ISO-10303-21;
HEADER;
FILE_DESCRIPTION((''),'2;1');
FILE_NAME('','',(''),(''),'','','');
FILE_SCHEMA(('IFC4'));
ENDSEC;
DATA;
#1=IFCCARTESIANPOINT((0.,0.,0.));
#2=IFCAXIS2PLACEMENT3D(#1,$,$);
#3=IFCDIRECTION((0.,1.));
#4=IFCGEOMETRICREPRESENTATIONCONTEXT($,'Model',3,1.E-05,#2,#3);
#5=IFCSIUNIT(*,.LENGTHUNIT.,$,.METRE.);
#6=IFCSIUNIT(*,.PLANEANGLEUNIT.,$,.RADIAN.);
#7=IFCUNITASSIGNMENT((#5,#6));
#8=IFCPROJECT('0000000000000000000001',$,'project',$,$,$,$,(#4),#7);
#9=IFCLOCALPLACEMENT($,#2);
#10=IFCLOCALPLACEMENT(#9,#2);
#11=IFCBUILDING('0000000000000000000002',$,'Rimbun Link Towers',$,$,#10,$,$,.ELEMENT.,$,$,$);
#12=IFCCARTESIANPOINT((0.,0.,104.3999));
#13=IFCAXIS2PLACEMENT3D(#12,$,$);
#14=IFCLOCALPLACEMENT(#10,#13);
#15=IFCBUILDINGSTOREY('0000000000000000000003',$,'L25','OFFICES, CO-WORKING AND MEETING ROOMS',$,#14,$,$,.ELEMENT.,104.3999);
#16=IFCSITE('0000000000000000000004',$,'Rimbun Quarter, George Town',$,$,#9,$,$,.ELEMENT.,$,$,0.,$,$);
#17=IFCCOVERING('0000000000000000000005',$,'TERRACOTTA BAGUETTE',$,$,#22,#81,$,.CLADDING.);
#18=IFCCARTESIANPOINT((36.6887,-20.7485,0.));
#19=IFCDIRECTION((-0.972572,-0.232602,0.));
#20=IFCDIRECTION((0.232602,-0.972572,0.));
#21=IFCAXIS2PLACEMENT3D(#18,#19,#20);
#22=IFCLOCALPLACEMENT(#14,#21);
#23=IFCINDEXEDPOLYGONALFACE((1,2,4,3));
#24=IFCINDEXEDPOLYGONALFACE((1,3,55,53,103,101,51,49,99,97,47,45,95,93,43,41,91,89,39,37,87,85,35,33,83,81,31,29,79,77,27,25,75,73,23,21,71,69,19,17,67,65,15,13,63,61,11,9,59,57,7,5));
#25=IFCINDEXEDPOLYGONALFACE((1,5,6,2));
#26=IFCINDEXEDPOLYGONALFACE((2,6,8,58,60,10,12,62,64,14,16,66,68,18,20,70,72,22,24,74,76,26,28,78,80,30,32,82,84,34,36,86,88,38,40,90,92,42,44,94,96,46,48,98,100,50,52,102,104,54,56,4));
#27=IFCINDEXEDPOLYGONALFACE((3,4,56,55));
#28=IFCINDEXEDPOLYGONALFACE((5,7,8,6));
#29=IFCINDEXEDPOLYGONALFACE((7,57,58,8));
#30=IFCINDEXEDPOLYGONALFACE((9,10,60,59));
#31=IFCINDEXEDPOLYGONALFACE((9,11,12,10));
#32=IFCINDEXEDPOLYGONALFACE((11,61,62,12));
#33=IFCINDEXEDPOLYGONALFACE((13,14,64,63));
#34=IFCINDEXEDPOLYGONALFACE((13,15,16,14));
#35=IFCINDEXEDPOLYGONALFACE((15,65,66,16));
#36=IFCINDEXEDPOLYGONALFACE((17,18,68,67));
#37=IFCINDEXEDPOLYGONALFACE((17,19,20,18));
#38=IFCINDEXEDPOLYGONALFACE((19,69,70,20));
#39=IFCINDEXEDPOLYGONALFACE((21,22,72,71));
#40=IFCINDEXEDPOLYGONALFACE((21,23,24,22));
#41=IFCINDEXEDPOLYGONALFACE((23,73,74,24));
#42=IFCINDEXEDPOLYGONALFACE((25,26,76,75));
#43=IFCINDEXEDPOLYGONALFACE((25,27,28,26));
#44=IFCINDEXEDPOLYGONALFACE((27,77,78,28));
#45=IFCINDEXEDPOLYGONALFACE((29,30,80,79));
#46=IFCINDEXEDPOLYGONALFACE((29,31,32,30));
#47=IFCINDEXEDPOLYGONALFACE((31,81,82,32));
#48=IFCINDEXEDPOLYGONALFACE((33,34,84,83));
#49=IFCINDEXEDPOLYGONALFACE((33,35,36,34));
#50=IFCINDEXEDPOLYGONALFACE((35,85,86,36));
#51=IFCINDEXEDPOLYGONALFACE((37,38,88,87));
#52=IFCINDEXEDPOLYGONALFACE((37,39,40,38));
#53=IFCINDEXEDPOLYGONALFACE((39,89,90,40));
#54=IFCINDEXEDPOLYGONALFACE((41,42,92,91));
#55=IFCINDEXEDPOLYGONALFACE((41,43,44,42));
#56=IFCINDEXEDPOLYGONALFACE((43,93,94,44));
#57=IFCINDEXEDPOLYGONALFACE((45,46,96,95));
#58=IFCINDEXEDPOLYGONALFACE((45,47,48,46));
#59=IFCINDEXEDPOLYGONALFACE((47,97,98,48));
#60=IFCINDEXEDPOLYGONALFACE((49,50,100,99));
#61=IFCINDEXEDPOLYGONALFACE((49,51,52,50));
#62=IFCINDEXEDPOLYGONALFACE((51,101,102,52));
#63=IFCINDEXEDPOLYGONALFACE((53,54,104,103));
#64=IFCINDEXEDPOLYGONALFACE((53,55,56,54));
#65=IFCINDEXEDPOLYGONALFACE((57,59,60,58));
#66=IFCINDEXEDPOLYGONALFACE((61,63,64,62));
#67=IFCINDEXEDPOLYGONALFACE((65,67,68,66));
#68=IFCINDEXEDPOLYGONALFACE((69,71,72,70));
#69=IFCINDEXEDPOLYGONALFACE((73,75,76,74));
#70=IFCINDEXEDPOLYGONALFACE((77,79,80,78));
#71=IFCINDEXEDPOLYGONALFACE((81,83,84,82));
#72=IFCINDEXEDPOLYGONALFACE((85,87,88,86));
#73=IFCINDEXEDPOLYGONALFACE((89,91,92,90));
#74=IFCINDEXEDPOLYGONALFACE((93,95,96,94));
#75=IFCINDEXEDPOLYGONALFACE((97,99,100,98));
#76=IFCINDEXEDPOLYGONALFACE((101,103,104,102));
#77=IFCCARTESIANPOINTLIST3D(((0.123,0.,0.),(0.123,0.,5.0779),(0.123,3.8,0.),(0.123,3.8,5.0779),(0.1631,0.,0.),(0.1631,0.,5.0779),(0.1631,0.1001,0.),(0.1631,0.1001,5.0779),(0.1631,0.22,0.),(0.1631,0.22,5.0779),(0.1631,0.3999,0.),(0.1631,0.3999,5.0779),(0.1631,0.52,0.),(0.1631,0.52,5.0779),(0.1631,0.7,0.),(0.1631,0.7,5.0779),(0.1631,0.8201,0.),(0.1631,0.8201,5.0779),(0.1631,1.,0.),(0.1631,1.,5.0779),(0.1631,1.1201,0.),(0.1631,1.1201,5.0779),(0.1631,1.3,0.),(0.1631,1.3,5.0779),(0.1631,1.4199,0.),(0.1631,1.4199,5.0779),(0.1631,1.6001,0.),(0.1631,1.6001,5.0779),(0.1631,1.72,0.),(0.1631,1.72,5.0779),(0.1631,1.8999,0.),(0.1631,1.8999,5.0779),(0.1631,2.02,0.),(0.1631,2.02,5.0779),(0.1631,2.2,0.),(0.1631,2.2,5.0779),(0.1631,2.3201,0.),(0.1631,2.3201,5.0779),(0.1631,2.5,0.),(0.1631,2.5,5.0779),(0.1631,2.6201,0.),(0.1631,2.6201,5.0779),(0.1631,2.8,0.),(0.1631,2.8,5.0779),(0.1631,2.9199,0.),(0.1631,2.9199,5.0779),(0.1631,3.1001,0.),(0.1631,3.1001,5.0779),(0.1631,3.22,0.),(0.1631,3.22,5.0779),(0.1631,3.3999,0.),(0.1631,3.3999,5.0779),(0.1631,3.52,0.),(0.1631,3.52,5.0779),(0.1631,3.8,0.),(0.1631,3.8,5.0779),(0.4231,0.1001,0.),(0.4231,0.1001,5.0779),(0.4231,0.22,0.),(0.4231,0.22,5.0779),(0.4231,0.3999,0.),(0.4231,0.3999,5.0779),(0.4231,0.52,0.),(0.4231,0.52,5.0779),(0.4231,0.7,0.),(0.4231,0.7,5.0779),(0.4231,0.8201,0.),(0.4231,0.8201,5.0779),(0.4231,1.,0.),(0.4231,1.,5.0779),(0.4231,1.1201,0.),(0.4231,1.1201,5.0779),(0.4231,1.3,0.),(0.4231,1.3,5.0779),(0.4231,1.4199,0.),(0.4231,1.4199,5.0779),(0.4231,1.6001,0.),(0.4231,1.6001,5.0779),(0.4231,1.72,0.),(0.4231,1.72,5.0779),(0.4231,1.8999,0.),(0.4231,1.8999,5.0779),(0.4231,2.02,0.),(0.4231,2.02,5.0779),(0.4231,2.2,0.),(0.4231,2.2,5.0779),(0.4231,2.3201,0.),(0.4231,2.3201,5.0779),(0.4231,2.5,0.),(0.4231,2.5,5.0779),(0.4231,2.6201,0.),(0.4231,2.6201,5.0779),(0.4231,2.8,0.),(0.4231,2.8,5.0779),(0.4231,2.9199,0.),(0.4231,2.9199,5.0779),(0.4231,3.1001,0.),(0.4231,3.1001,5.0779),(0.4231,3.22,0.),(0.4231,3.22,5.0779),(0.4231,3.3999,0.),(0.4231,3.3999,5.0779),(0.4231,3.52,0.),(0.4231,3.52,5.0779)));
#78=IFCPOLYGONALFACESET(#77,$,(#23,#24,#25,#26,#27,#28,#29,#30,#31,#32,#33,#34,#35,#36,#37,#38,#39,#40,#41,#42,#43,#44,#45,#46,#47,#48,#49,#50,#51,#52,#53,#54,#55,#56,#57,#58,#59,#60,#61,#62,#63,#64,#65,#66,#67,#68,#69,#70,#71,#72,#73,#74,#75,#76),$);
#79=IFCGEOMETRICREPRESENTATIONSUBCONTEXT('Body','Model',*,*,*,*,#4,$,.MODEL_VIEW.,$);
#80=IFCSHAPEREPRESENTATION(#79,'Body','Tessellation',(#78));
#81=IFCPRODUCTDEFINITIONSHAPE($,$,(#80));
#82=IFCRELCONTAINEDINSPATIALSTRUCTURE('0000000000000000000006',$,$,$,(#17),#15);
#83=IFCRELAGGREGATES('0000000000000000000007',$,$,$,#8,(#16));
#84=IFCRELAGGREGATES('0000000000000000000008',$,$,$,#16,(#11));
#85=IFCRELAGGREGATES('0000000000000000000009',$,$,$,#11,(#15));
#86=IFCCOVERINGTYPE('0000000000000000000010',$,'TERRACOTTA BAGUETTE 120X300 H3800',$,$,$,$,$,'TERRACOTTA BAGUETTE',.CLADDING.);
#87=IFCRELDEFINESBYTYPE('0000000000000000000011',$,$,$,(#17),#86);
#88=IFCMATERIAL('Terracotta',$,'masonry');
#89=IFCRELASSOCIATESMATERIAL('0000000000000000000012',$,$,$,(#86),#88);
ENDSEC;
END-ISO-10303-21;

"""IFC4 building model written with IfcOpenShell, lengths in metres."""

from ifc_helpers import new_model, si_unit, direction, frame, origin, place, context, subcontext, project, spatial, polyline, outline, extrude, material, material_profile, profile_set, type_object, element, save


model = new_model("IFC4")

# Units and contexts
model_context = context("Model", 3, precision=1e-05, world=origin(), true_north=direction((0.0, 1.0)))
body_context = subcontext(model_context, "Body", "Model", "MODEL_VIEW")
ifc_project = project(units=[si_unit("LENGTHUNIT", "METRE"), si_unit("PLANEANGLEUNIT", "RADIAN")], contexts=[model_context])

# Site, building, storey
site_placement = place(None, origin())
site = spatial("IfcSite", under=ifc_project, at=site_placement, Name="Rimbun Quarter, George Town", CompositionType="ELEMENT", RefElevation=0.0)
building_placement = place(site_placement, origin())
building = spatial("IfcBuilding", under=site, at=building_placement, Name="Rimbun Link Towers", CompositionType="ELEMENT")
storey_placement = place(building_placement, frame((0.0, 0.0, 104.3999)))
storey = spatial("IfcBuildingStorey", under=building, at=storey_placement, Name="L25", Description="OFFICES, CO-WORKING AND MEETING ROOMS", CompositionType="ELEMENT", Elevation=104.3999)

# Covering
ifc_material_1 = material(Name="Terracotta", Category="masonry")
ifc_material_profile_1 = material_profile(ifc_material_1, outline(polyline([(0.123, 0.0), (0.1631, 0.0), (0.1631, 0.1001), (0.4231, 0.1001), (0.4231, 0.22), (0.1631, 0.22), (0.1631, 0.3999), (0.4231, 0.3999), (0.4231, 0.52), (0.1631, 0.52), (0.1631, 0.7), (0.4231, 0.7), (0.4231, 0.8201), (0.1631, 0.8201), (0.1631, 1.0), (0.4231, 1.0), (0.4231, 1.1201), (0.1631, 1.1201), (0.1631, 1.3), (0.4231, 1.3), (0.4231, 1.4199), (0.1631, 1.4199), (0.1631, 1.6001), (0.4231, 1.6001), (0.4231, 1.72), (0.1631, 1.72), (0.1631, 1.8999), (0.4231, 1.8999), (0.4231, 2.02), (0.1631, 2.02), (0.1631, 2.2), (0.4231, 2.2), (0.4231, 2.3201), (0.1631, 2.3201), (0.1631, 2.5), (0.4231, 2.5), (0.4231, 2.6201), (0.1631, 2.6201), (0.1631, 2.8), (0.4231, 2.8), (0.4231, 2.9199), (0.1631, 2.9199), (0.1631, 3.1001), (0.4231, 3.1001), (0.4231, 3.22), (0.1631, 3.22), (0.1631, 3.3999), (0.4231, 3.3999), (0.4231, 3.52), (0.1631, 3.52), (0.1631, 3.8), (0.123, 3.8), (0.123, 0.0)])), Name="BAGUETTE 120X300")
ifc_profile_set_1 = profile_set([ifc_material_profile_1], Name="Terracotta")
covering_type = type_object("IfcCoveringType", Name="TERRACOTTA BAGUETTE 120X300 H3800", ElementType="TERRACOTTA BAGUETTE", PredefinedType="CLADDING", material=ifc_profile_set_1)
covering_placement = place(storey_placement, frame((36.6887, -20.7485, 0.0), z_axis=(-0.972572, -0.232602, 0.0), x_axis=(0.232602, -0.972572, 0.0)))
element("IfcCovering", 1, at=covering_placement, inside=storey, type_object=covering_type, Name="TERRACOTTA BAGUETTE", PredefinedType="CLADDING", context=body_context, shape_type="SweptSolid", body=[
    extrude(outline(polyline([(0.123, 0.0), (0.1631, 0.0), (0.1631, 0.1001), (0.4231, 0.1001), (0.4231, 0.22), (0.1631, 0.22), (0.1631, 0.3999), (0.4231, 0.3999), (0.4231, 0.52), (0.1631, 0.52), (0.1631, 0.7), (0.4231, 0.7), (0.4231, 0.8201), (0.1631, 0.8201), (0.1631, 1.0), (0.4231, 1.0), (0.4231, 1.1201), (0.1631, 1.1201), (0.1631, 1.3), (0.4231, 1.3), (0.4231, 1.4199), (0.1631, 1.4199), (0.1631, 1.6001), (0.4231, 1.6001), (0.4231, 1.72), (0.1631, 1.72), (0.1631, 1.8999), (0.4231, 1.8999), (0.4231, 2.02), (0.1631, 2.02), (0.1631, 2.2), (0.4231, 2.2), (0.4231, 2.3201), (0.1631, 2.3201), (0.1631, 2.5), (0.4231, 2.5), (0.4231, 2.6201), (0.1631, 2.6201), (0.1631, 2.8), (0.4231, 2.8), (0.4231, 2.9199), (0.1631, 2.9199), (0.1631, 3.1001), (0.4231, 3.1001), (0.4231, 3.22), (0.1631, 3.22), (0.1631, 3.3999), (0.4231, 3.3999), (0.4231, 3.52), (0.1631, 3.52), (0.1631, 3.8), (0.123, 3.8), (0.123, 0.0)])), origin(), (0.0, 0.0, 1.0), 5.0779),
])

save(model, "model.ifc")
